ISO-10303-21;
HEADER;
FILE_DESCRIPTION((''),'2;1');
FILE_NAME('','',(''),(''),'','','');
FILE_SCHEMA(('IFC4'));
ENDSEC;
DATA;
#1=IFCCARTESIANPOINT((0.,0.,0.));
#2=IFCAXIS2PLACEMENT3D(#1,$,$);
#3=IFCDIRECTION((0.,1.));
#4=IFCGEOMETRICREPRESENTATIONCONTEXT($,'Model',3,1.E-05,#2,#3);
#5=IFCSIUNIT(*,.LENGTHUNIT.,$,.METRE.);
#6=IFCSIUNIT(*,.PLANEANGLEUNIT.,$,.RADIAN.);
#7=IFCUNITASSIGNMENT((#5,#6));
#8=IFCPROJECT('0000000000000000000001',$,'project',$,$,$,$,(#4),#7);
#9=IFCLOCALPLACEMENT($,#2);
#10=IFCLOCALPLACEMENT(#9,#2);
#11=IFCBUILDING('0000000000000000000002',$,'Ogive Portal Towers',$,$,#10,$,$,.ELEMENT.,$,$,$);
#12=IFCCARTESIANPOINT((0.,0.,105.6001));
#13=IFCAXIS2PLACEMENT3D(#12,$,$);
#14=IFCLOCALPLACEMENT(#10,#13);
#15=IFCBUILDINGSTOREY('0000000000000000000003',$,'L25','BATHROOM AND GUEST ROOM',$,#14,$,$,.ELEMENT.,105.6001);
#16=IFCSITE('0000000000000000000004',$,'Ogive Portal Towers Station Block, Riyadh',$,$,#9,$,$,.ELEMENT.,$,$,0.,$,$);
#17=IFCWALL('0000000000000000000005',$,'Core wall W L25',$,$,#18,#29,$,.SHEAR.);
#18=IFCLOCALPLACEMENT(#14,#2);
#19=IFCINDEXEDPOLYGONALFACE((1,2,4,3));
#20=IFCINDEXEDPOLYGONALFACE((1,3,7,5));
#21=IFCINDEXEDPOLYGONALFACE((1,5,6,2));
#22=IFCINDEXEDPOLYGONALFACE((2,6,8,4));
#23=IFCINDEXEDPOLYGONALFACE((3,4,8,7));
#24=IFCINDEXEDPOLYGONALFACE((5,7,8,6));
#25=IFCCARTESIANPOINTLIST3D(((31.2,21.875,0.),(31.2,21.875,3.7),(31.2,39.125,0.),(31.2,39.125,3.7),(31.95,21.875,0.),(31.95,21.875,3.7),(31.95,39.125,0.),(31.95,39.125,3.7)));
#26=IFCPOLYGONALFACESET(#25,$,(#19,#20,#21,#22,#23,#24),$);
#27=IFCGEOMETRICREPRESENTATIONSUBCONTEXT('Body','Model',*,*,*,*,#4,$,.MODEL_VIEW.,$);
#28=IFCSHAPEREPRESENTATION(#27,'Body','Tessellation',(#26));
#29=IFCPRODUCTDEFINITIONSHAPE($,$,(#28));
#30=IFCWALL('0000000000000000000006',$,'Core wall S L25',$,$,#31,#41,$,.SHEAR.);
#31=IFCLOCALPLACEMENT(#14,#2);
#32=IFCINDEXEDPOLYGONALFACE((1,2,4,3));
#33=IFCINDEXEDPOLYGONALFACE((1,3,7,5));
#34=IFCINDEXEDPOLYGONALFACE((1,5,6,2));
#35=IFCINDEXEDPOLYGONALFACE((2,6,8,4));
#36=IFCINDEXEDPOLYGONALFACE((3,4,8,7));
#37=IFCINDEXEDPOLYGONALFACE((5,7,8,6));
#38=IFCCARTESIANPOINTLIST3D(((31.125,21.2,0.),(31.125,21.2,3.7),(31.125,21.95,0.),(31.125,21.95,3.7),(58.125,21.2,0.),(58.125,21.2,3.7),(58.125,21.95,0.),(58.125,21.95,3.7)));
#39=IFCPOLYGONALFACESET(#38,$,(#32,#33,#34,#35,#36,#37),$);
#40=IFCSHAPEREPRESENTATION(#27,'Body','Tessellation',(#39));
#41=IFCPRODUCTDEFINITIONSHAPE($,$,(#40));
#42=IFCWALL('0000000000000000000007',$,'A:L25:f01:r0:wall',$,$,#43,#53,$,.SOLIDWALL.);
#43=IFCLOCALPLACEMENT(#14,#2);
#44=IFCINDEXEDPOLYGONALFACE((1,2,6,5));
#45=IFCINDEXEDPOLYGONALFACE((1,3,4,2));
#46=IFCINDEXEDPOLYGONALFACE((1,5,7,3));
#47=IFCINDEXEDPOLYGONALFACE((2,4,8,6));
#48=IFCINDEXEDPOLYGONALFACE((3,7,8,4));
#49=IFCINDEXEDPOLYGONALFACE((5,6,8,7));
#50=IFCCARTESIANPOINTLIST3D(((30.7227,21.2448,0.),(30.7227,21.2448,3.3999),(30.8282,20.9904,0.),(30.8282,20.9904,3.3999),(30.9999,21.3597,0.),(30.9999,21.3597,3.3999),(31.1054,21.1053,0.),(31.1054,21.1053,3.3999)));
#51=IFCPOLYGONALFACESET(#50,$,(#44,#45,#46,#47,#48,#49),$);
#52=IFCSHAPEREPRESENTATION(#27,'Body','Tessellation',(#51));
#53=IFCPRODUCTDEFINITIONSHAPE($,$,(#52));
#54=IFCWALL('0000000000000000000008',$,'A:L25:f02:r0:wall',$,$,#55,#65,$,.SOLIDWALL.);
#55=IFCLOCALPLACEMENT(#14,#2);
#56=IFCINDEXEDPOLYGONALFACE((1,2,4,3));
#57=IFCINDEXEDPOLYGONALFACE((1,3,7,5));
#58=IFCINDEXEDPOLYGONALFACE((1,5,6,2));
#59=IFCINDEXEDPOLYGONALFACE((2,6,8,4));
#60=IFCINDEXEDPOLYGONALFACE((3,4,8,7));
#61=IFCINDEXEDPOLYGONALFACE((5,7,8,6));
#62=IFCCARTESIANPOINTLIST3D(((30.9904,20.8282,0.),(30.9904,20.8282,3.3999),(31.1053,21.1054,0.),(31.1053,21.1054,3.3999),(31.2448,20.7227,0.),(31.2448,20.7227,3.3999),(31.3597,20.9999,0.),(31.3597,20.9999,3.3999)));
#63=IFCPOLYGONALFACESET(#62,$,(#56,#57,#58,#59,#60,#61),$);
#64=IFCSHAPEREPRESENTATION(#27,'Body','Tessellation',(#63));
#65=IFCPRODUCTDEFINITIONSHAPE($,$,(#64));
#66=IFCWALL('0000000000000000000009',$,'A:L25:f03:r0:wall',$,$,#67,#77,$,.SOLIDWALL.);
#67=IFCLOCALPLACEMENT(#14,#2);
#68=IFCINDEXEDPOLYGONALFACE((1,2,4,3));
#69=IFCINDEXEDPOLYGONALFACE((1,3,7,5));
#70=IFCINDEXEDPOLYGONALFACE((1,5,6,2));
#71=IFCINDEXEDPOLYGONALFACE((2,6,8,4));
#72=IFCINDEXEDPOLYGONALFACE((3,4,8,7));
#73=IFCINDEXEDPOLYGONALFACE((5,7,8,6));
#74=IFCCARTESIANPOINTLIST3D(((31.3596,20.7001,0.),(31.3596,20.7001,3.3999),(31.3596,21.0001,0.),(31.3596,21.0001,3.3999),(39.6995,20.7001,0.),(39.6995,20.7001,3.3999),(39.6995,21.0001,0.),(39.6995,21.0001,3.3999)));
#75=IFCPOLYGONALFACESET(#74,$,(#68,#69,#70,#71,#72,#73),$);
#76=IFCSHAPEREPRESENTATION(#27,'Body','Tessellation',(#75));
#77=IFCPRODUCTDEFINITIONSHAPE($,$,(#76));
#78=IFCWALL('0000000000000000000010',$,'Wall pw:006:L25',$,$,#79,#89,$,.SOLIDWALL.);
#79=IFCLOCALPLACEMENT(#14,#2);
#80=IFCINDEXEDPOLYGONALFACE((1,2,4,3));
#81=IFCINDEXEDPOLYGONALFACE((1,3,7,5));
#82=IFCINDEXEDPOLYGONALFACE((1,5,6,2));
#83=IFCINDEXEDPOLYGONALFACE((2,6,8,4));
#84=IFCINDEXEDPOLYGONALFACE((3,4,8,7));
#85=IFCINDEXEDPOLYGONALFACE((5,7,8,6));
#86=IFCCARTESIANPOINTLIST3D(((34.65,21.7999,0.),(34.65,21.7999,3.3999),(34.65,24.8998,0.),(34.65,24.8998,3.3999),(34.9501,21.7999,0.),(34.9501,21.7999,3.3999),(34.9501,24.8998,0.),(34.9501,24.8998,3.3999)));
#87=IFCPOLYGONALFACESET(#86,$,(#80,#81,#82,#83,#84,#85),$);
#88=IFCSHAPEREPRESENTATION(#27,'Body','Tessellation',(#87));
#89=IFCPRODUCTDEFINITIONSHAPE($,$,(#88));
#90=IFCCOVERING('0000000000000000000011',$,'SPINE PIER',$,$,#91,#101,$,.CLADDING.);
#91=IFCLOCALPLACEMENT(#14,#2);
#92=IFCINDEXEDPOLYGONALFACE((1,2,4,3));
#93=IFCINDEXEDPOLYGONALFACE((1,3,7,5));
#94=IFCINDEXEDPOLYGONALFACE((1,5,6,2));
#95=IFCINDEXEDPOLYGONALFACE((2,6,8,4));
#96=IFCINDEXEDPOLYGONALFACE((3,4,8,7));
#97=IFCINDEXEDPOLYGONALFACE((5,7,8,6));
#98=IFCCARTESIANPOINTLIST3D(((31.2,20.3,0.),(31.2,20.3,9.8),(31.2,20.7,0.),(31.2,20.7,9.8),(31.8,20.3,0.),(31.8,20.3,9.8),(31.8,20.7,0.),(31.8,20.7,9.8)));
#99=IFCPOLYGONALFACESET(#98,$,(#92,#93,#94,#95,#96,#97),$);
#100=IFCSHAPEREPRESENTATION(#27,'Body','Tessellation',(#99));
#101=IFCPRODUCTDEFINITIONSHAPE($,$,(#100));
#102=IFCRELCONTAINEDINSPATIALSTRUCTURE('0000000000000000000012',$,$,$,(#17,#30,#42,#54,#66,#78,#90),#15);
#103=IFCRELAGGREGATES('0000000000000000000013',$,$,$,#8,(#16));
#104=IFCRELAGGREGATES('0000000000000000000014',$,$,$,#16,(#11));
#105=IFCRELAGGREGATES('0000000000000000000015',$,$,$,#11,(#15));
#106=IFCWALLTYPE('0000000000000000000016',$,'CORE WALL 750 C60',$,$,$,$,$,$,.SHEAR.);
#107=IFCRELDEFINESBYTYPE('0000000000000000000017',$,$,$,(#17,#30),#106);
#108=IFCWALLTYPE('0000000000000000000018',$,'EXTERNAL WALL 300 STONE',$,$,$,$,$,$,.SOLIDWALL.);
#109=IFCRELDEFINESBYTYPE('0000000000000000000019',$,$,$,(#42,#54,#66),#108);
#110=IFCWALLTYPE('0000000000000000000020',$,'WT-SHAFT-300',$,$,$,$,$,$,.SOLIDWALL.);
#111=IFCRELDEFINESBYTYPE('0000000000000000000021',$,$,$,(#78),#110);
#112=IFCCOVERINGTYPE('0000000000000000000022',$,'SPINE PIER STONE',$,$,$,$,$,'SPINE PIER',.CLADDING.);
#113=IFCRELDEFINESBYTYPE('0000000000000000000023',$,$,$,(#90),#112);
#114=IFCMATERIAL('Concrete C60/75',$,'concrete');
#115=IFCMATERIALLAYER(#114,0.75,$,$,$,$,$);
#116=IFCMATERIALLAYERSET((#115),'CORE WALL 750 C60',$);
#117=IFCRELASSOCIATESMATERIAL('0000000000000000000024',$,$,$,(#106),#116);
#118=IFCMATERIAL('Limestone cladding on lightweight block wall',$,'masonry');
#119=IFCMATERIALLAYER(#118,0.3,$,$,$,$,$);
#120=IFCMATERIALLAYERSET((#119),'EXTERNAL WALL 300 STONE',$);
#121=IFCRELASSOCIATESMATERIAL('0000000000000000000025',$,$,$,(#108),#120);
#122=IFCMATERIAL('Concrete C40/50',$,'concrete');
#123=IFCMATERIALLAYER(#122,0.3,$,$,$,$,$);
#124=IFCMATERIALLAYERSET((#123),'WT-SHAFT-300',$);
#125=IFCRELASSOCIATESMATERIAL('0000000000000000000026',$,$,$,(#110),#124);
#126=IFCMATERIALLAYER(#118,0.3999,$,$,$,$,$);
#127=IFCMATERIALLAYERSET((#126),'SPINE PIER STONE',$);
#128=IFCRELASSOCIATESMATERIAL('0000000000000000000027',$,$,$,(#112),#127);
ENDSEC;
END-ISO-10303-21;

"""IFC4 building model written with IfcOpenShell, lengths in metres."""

from ifc_helpers import new_model, si_unit, direction, frame, frame_2d, origin, origin_2d, place, context, subcontext, project, spatial, rectangle, extrude, material, layer, layer_set, type_object, element, save


model = new_model("IFC4")

# Units and contexts
model_context = context("Model", 3, precision=1e-05, world=origin(), true_north=direction((0.0, 1.0)))
body_context = subcontext(model_context, "Body", "Model", "MODEL_VIEW")
ifc_project = project(units=[si_unit("LENGTHUNIT", "METRE"), si_unit("PLANEANGLEUNIT", "RADIAN")], contexts=[model_context])

# Site, building, storey
site_placement = place(None, origin())
site = spatial("IfcSite", under=ifc_project, at=site_placement, Name="Ogive Portal Towers Station Block, Riyadh", CompositionType="ELEMENT", RefElevation=0.0)
building_placement = place(site_placement, origin())
building = spatial("IfcBuilding", under=site, at=building_placement, Name="Ogive Portal Towers", CompositionType="ELEMENT")
storey_placement = place(building_placement, frame((0.0, 0.0, 105.6001)))
storey = spatial("IfcBuildingStorey", under=building, at=storey_placement, Name="L25", Description="BATHROOM AND GUEST ROOM", CompositionType="ELEMENT", Elevation=105.6001)

# Walls
ifc_material_1 = material(Name="Concrete C60/75", Category="concrete")
ifc_layer_1 = layer(ifc_material_1, 0.75)
ifc_layer_set_1 = layer_set([ifc_layer_1], Name="CORE WALL 750 C60")
wall_type_1 = type_object("IfcWallType", Name="CORE WALL 750 C60", PredefinedType="SHEAR", material=ifc_layer_set_1)
wall_1_placement = place(storey_placement, frame((31.575, 21.875, 0.0), z_axis=(0.0, 0.0, 1.0), x_axis=(0.0, 1.0, 0.0)))
element("IfcWall", 1, at=wall_1_placement, inside=storey, type_object=wall_type_1, Name="Core wall W L25", PredefinedType="SHEAR", context=body_context, shape_type="SweptSolid", body=[
    extrude(rectangle(XDim=17.25, YDim=0.75, at=frame_2d((8.625, 0.0))), origin(), (0.0, 0.0, 1.0), 3.7),
])
wall_2_placement = place(storey_placement, frame((31.125, 21.575, 0.0), z_axis=(0.0, 0.0, 1.0), x_axis=(1.0, 0.0, 0.0)))
element("IfcWall", 2, at=wall_2_placement, inside=storey, type_object=wall_type_1, Name="Core wall S L25", PredefinedType="SHEAR", context=body_context, shape_type="SweptSolid", body=[
    extrude(rectangle(XDim=27.0, YDim=0.75, at=frame_2d((13.5, 0.0))), origin(), (0.0, 0.0, 1.0), 3.7),
])
ifc_material_2 = material(Name="Limestone cladding on lightweight block wall", Category="masonry")
ifc_layer_2 = layer(ifc_material_2, 0.3)
ifc_layer_set_2 = layer_set([ifc_layer_2], Name="EXTERNAL WALL 300 STONE")
wall_type_2 = type_object("IfcWallType", Name="EXTERNAL WALL 300 STONE", PredefinedType="SOLIDWALL", material=ifc_layer_set_2)
for number, where, z_axis, x_axis, name in (
    (3, (30.8613, 21.3022, 0.0), (0.0, 0.0, 1.0), (0.382978, -0.923757, 0.0), "A:L25:f01:r0:wall"),
    (4, (31.0479, 20.9668, 0.0), (0.0, 0.0, 1.0), (0.923757, -0.382978, 0.0), "A:L25:f02:r0:wall"),
):
    element("IfcWall", number, at=place(storey_placement, frame(where, z_axis=z_axis, x_axis=x_axis)), inside=storey, type_object=wall_type_2, Name=name, PredefinedType="SOLIDWALL", context=body_context, shape_type="SweptSolid", body=[
        extrude(rectangle(XDim=0.2754, YDim=0.3, at=frame_2d((0.1377, 0.0))), origin(), (0.0, 0.0, 1.0), 3.3999),
    ])
wall_3_placement = place(storey_placement, frame((31.3596, 20.8501, 0.0), z_axis=(0.0, 0.0, 1.0), x_axis=(1.0, 0.0, 0.0)))
element("IfcWall", 5, at=wall_3_placement, inside=storey, type_object=wall_type_2, Name="A:L25:f03:r0:wall", PredefinedType="SOLIDWALL", context=body_context, shape_type="SweptSolid", body=[
    extrude(rectangle(XDim=8.3398, YDim=0.3, at=frame_2d((4.1699, 0.0))), origin(), (0.0, 0.0, 1.0), 3.3999),
])

# Shared definitions
ifc_material_3 = material(Name="Concrete C40/50", Category="concrete")
ifc_layer_3 = layer(ifc_material_3, 0.3)
ifc_layer_set_3 = layer_set([ifc_layer_3], Name="WT-SHAFT-300")
wall_type_3 = type_object("IfcWallType", Name="WT-SHAFT-300", PredefinedType="SOLIDWALL", material=ifc_layer_set_3)

# Wall
wall_4_placement = place(storey_placement, frame((34.8, 21.8, 0.0), z_axis=(0.0, 0.0, 1.0), x_axis=(0.0, 1.0, 0.0)))
element("IfcWall", 6, at=wall_4_placement, inside=storey, type_object=wall_type_3, Name="Wall pw:006:L25", PredefinedType="SOLIDWALL", context=body_context, shape_type="SweptSolid", body=[
    extrude(rectangle(XDim=3.0999, YDim=0.3, at=frame_2d((1.5498, 0.0))), origin(), (0.0, 0.0, 1.0), 3.3999),
])

# Covering
ifc_layer_4 = layer(ifc_material_2, 0.3999)
ifc_layer_set_4 = layer_set([ifc_layer_4], Name="SPINE PIER STONE")
covering_type = type_object("IfcCoveringType", Name="SPINE PIER STONE", ElementType="SPINE PIER", PredefinedType="CLADDING", material=ifc_layer_set_4)
covering_placement = place(storey_placement, frame((31.5, 20.5, 0.0), z_axis=(0.0, 0.0, 1.0), x_axis=(1.0, 0.0, 0.0)))
element("IfcCovering", 7, at=covering_placement, inside=storey, type_object=covering_type, Name="SPINE PIER", PredefinedType="CLADDING", context=body_context, shape_type="SweptSolid", body=[
    extrude(rectangle(XDim=0.6001, YDim=0.3999, at=origin_2d()), origin(), (0.0, 0.0, 1.0), 9.8),
])

save(model, "model.ifc")
